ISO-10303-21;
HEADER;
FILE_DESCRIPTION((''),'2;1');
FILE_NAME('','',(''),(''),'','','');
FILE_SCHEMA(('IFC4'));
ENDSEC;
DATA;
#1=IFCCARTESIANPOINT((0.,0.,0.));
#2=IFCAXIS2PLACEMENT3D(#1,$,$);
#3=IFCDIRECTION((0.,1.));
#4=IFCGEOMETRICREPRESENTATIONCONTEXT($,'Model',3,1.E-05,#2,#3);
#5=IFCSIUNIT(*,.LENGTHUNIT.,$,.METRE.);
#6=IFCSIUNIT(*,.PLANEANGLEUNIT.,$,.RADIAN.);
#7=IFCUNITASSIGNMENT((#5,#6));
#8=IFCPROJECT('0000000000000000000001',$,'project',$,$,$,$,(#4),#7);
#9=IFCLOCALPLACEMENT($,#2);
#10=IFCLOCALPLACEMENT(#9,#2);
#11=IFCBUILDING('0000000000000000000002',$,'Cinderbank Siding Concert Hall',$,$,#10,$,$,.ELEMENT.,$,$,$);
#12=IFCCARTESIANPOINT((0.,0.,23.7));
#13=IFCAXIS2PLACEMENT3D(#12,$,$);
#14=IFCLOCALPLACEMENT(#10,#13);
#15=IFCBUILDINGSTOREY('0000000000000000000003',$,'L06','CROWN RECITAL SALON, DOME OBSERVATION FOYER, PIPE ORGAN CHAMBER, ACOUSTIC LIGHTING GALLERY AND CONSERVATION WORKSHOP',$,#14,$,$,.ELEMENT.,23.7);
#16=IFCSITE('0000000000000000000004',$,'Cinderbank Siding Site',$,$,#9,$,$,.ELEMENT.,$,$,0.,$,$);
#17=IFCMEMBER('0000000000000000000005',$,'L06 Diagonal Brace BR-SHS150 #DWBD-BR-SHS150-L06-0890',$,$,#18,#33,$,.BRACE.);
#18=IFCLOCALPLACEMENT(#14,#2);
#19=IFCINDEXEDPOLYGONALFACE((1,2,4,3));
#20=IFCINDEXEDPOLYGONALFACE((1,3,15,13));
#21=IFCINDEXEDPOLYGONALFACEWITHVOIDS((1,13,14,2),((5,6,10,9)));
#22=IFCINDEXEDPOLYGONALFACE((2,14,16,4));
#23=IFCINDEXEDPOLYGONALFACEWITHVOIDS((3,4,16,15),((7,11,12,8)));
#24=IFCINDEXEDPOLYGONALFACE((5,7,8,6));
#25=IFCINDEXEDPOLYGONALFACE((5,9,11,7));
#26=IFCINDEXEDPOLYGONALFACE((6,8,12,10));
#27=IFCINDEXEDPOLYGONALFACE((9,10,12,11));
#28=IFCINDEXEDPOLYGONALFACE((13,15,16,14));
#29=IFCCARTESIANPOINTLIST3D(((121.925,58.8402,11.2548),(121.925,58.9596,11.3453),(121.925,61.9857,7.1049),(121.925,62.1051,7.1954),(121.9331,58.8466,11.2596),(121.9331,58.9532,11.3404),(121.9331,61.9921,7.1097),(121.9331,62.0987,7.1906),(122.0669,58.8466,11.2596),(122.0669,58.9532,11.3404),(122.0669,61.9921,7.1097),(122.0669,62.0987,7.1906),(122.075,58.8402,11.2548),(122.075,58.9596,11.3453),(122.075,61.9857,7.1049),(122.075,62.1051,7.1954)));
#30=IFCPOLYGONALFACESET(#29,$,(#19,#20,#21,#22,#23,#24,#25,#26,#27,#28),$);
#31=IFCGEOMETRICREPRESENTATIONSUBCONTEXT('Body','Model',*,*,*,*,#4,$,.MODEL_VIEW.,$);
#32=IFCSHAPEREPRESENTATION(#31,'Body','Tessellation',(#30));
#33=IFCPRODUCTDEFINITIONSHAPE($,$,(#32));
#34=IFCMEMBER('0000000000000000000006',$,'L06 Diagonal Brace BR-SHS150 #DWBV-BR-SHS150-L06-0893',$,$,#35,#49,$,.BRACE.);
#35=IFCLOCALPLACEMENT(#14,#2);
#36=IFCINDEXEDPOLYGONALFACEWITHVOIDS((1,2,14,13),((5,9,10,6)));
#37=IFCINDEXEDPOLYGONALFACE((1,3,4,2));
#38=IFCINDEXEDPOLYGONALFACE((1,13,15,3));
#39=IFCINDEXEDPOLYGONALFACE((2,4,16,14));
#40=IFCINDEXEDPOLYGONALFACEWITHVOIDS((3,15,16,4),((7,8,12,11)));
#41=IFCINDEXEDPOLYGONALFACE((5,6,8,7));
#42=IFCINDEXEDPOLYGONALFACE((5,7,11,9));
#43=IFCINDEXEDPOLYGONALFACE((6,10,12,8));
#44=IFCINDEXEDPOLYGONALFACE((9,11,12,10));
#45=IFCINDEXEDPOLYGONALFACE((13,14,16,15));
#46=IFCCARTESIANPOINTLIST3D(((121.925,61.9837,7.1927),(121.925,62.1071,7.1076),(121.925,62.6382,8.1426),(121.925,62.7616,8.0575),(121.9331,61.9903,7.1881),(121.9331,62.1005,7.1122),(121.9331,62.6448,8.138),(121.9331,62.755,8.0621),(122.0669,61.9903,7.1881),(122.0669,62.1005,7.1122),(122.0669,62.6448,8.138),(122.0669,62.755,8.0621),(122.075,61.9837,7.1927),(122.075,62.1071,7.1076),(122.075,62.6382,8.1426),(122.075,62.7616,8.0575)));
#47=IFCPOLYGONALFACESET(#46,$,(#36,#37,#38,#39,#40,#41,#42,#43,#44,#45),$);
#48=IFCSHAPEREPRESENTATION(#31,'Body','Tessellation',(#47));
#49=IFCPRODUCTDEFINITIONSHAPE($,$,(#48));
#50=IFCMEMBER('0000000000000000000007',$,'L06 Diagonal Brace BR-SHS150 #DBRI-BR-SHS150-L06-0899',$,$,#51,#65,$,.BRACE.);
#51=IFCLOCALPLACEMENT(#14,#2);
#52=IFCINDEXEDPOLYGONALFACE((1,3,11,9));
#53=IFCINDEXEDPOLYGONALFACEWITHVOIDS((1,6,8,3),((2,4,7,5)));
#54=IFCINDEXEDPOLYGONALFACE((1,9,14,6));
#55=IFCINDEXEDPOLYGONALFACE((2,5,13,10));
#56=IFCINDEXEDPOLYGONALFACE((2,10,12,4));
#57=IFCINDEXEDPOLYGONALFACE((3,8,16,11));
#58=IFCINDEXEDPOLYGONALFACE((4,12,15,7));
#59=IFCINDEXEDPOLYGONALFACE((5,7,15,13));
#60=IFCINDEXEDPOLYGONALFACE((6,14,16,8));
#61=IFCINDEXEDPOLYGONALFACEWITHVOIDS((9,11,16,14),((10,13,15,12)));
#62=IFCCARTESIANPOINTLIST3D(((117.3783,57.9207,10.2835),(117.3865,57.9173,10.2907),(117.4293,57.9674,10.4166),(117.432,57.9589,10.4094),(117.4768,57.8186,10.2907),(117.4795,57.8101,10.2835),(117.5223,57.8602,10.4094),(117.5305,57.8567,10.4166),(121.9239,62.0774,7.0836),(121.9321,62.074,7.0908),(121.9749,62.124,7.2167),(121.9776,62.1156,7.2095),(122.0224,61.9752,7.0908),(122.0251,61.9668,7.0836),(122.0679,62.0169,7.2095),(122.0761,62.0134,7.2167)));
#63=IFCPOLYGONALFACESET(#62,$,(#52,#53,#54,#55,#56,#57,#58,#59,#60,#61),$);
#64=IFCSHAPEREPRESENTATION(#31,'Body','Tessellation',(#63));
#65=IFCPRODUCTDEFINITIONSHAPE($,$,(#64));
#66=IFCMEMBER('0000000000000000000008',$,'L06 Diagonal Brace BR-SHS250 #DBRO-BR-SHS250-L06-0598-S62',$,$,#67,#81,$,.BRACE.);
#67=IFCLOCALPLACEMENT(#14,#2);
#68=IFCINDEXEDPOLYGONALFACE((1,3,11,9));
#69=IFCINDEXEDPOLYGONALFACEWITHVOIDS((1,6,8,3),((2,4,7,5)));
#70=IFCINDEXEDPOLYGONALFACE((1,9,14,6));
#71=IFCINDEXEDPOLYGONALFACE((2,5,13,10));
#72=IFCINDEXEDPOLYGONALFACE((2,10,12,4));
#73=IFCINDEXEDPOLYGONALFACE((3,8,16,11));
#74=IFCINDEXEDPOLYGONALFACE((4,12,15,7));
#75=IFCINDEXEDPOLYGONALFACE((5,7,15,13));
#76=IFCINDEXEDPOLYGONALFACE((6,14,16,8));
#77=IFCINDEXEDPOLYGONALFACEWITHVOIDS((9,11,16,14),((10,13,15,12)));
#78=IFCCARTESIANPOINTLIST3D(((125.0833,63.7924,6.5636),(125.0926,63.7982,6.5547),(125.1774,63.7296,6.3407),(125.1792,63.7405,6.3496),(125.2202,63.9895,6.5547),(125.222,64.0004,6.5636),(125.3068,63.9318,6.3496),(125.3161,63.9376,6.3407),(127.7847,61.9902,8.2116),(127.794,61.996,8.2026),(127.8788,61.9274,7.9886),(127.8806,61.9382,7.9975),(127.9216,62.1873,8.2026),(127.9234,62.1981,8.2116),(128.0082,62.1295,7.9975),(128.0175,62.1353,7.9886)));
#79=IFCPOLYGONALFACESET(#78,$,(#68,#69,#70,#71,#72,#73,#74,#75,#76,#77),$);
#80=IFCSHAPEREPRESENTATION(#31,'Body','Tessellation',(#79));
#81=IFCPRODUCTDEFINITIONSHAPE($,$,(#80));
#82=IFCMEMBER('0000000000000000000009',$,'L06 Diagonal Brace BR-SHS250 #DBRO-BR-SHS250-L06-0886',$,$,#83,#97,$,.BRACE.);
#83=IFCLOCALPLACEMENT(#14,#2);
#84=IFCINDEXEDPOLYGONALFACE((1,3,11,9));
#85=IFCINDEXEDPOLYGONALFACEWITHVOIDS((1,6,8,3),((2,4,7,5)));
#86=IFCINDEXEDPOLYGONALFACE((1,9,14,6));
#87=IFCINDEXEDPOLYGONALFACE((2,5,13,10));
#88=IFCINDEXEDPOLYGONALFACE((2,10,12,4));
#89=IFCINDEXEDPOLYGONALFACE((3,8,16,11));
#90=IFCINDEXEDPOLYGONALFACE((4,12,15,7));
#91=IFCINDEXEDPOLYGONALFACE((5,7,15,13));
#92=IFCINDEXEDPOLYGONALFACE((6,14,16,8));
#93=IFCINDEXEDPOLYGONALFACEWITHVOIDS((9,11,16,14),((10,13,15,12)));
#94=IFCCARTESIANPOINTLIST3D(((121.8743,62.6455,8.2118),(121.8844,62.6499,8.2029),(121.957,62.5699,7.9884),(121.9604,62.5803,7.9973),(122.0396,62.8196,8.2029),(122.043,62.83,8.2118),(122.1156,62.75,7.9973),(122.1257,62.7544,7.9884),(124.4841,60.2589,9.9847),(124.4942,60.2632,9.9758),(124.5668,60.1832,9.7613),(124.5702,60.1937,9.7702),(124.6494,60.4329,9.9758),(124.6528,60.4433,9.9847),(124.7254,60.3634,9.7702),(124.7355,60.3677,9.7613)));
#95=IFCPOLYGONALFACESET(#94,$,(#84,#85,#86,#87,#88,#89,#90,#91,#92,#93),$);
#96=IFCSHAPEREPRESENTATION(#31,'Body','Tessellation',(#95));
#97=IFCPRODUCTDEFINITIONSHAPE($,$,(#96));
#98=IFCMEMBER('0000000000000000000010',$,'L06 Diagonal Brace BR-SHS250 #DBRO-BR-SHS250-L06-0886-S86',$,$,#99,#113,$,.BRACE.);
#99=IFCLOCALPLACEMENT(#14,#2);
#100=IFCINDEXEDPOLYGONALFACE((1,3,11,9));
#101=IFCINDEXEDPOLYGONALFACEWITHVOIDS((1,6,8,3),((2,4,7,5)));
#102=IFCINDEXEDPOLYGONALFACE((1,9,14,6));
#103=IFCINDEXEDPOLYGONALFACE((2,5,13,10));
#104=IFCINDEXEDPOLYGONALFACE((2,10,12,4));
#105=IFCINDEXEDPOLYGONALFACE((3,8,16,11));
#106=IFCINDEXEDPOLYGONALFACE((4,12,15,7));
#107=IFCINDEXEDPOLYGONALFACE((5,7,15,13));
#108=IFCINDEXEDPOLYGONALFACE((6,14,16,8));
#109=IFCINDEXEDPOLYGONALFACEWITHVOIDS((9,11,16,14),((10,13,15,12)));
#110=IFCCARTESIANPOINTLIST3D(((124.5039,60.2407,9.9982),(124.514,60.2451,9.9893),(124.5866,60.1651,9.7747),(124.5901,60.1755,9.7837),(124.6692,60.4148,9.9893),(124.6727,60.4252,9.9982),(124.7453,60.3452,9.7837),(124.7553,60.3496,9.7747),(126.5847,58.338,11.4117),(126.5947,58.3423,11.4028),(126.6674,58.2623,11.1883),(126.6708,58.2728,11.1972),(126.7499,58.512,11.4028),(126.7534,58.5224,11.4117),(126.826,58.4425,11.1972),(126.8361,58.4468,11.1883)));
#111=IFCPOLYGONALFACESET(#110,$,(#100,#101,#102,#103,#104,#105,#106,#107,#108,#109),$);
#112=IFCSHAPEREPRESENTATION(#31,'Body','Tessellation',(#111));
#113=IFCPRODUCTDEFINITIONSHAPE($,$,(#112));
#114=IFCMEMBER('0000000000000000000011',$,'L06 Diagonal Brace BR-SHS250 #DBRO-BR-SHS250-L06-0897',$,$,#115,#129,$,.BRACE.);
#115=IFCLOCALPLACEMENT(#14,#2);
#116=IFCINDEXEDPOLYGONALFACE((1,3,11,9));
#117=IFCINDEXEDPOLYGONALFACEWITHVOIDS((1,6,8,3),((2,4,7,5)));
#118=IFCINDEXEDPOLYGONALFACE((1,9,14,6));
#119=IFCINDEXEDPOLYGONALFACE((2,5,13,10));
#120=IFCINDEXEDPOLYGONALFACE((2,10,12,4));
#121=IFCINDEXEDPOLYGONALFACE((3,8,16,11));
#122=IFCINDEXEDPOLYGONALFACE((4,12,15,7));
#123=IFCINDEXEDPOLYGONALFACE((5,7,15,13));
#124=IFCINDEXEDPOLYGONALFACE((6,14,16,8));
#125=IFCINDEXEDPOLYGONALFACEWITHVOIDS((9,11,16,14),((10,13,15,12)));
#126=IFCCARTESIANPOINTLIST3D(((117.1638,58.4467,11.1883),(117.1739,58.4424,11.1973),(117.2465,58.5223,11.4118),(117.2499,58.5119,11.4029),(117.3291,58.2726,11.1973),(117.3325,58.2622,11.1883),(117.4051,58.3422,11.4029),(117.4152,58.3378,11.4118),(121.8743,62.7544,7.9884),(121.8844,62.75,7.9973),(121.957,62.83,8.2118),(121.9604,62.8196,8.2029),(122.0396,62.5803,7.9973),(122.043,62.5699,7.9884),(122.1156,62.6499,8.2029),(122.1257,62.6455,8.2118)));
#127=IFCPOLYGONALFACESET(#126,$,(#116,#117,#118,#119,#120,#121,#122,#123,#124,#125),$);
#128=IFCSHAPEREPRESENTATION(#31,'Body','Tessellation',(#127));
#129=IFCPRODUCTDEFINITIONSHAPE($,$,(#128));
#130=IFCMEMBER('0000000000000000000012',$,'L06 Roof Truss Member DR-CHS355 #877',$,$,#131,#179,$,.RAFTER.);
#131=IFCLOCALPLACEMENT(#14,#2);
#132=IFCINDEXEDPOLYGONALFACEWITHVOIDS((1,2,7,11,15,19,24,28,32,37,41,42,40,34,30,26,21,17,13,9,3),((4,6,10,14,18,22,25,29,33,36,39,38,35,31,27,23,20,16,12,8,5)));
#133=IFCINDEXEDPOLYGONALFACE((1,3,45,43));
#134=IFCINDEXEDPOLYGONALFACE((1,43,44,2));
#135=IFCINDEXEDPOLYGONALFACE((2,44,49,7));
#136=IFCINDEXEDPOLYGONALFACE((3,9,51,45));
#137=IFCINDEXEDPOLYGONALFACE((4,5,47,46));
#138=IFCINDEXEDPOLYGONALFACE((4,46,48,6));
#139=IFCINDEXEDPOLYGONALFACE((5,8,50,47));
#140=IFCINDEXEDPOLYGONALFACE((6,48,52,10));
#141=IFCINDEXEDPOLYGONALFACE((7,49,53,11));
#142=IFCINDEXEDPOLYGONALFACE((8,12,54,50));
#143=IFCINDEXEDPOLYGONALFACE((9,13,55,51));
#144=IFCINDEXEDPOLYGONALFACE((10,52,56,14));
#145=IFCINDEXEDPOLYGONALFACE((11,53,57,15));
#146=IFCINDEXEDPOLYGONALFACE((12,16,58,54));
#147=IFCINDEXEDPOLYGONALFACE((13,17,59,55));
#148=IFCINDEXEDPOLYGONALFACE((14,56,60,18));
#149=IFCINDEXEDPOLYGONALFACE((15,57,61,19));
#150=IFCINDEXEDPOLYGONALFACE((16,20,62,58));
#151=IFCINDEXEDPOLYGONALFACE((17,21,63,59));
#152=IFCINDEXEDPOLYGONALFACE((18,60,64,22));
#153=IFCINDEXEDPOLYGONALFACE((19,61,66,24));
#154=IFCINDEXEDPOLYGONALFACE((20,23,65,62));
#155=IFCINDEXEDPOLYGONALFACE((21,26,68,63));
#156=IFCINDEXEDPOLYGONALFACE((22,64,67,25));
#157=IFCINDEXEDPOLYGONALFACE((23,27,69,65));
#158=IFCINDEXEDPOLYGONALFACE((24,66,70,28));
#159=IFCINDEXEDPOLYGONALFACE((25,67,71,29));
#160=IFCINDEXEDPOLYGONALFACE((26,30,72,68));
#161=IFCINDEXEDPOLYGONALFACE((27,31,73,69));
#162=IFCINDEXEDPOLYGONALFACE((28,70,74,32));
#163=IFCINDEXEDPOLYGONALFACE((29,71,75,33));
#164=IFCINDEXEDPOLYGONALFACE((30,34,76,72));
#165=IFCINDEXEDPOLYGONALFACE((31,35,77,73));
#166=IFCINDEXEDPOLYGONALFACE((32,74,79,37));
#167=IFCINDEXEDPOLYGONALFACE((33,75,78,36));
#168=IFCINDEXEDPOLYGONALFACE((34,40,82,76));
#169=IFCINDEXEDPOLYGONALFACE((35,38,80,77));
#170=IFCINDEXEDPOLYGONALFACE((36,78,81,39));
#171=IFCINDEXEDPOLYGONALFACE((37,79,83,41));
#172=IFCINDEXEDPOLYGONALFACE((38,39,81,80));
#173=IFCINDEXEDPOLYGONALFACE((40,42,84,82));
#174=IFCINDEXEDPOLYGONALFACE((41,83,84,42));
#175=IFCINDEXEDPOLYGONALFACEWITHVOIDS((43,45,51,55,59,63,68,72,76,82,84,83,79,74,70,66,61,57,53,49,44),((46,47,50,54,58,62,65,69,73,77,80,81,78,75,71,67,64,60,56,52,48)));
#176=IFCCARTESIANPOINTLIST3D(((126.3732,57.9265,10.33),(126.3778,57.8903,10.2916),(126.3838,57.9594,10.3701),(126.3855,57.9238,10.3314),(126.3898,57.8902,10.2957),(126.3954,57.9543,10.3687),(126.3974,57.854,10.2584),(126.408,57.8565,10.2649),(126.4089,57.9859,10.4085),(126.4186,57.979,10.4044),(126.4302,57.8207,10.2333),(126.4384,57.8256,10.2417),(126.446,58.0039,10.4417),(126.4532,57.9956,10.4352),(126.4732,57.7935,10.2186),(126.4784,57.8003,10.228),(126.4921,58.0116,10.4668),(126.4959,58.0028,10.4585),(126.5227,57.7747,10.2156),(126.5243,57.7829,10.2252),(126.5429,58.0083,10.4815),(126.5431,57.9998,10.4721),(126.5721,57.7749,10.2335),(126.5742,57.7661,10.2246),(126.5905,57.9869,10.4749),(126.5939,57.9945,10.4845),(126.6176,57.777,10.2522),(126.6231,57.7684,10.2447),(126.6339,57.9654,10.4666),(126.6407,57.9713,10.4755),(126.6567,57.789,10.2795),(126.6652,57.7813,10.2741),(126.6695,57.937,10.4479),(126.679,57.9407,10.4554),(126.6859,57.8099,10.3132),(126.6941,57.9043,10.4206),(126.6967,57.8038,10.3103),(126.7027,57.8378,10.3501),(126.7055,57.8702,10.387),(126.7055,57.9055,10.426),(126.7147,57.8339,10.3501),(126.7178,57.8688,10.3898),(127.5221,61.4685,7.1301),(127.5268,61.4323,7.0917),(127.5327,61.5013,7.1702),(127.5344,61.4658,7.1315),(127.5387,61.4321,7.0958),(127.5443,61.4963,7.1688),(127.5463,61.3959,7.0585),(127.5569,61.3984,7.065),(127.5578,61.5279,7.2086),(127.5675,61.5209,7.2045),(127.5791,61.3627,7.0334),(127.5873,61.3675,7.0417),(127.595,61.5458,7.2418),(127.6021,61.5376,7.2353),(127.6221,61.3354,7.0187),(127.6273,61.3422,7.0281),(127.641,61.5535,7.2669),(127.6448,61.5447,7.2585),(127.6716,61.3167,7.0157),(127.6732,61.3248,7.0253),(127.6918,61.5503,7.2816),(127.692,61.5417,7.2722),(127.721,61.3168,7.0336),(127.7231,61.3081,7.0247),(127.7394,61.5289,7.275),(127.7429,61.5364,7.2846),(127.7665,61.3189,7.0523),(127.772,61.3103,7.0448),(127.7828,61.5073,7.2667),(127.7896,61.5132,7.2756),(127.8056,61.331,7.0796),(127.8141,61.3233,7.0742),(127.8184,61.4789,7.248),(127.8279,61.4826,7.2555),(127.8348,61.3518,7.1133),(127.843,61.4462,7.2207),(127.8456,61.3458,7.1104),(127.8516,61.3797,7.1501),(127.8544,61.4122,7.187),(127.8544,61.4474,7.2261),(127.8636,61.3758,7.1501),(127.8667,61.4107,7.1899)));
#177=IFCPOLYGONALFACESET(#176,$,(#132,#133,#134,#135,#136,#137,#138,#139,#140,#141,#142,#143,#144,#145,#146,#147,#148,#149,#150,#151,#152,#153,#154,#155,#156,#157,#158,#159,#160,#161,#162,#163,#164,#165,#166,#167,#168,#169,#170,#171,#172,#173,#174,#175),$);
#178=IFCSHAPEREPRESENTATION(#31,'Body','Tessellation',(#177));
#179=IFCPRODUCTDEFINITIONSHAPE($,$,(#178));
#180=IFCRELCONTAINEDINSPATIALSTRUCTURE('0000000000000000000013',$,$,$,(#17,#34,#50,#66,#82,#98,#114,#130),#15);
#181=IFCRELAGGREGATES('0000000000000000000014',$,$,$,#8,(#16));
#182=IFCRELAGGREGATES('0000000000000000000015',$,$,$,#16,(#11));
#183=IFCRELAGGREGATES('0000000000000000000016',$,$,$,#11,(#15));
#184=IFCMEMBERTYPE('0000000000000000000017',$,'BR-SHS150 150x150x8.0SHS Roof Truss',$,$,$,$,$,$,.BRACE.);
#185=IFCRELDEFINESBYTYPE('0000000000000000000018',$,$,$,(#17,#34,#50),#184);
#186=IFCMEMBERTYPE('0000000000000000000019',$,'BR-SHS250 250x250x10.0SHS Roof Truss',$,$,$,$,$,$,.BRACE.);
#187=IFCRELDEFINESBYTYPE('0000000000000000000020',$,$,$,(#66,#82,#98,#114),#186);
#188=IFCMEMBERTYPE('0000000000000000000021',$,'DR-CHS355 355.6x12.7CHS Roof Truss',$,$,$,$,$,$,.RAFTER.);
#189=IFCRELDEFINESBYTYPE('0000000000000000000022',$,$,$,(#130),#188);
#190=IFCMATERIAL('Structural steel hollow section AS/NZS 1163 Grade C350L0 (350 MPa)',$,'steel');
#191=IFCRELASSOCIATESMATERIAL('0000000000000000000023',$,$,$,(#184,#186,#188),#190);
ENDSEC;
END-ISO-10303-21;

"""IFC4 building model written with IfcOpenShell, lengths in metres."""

from ifc_helpers import new_model, si_unit, direction, frame, origin, origin_2d, place, context, subcontext, project, spatial, hollow_rectangle, hollow_circle, extrude, material, material_profile, profile_set, type_object, element, save


model = new_model("IFC4")

# Units and contexts
model_context = context("Model", 3, precision=1e-05, world=origin(), true_north=direction((0.0, 1.0)))
body_context = subcontext(model_context, "Body", "Model", "MODEL_VIEW")
ifc_project = project(units=[si_unit("LENGTHUNIT", "METRE"), si_unit("PLANEANGLEUNIT", "RADIAN")], contexts=[model_context])

# Site, building, storey
site_placement = place(None, origin())
site = spatial("IfcSite", under=ifc_project, at=site_placement, Name="Cinderbank Siding Site", CompositionType="ELEMENT", RefElevation=0.0)
building_placement = place(site_placement, origin())
building = spatial("IfcBuilding", under=site, at=building_placement, Name="Cinderbank Siding Concert Hall", CompositionType="ELEMENT")
storey_placement = place(building_placement, frame((0.0, 0.0, 23.7)))
storey = spatial("IfcBuildingStorey", under=building, at=storey_placement, Name="L06", Description="CROWN RECITAL SALON, DOME OBSERVATION FOYER, PIPE ORGAN CHAMBER, ACOUSTIC LIGHTING GALLERY AND CONSERVATION WORKSHOP", CompositionType="ELEMENT", Elevation=23.7)

# Members
ifc_material_1 = material(Name="Structural steel hollow section AS/NZS 1163 Grade C350L0 (350 MPa)", Category="steel")
ifc_material_profile_1 = material_profile(ifc_material_1, hollow_rectangle(XDim=0.1499, YDim=0.1499, WallThickness=0.0081, at=origin_2d()), Name="150x150x8.0SHS", Category="LoadBearing")
ifc_profile_set_1 = profile_set([ifc_material_profile_1], Name="Structural steel hollow section AS/NZS 1163 Grade C350L0 (350 MPa)")
member_type_1 = type_object("IfcMemberType", Name="BR-SHS150 150x150x8.0SHS Roof Truss", PredefinedType="BRACE", material=ifc_profile_set_1)
member_1_placement = place(storey_placement, frame((122.0, 62.0454, 7.1501), z_axis=(0.0, -0.604058, 0.79694), x_axis=(1.0, 0.0, 0.0)))
element("IfcMember", 1, at=member_1_placement, inside=storey, type_object=member_type_1, Name="L06 Diagonal Brace BR-SHS150 #DWBD-BR-SHS150-L06-0890", PredefinedType="BRACE", context=body_context, shape_type="SweptSolid", body=[
    extrude(hollow_rectangle(XDim=0.1499, YDim=0.1499, WallThickness=0.0081, at=origin_2d()), origin(), (0.0, 0.0, 1.0), 5.2073),
])
member_2_placement = place(storey_placement, frame((122.0, 62.0454, 7.1501), z_axis=(0.0, 0.567382, 0.823455), x_axis=(-1.0, 0.0, 0.0)))
element("IfcMember", 2, at=member_2_placement, inside=storey, type_object=member_type_1, Name="L06 Diagonal Brace BR-SHS150 #DWBV-BR-SHS150-L06-0893", PredefinedType="BRACE", context=body_context, shape_type="SweptSolid", body=[
    extrude(hollow_rectangle(XDim=0.1499, YDim=0.1499, WallThickness=0.0081, at=origin_2d()), origin(), (0.0, 0.0, 1.0), 1.1536),
])
member_3_placement = place(storey_placement, frame((122.0, 62.0454, 7.1501), z_axis=(-0.654874, -0.598845, 0.461004), x_axis=(0.674832, -0.737971, 0.0)))
element("IfcMember", 3, at=member_3_placement, inside=storey, type_object=member_type_1, Name="L06 Diagonal Brace BR-SHS150 #DBRI-BR-SHS150-L06-0899", PredefinedType="BRACE", context=body_context, shape_type="SweptSolid", body=[
    extrude(hollow_rectangle(XDim=0.1499, YDim=0.1499, WallThickness=0.0081, at=origin_2d()), origin(), (0.0, 0.0, 1.0), 6.9412),
])
ifc_material_profile_2 = material_profile(ifc_material_1, hollow_rectangle(XDim=0.25, YDim=0.25, WallThickness=0.01, at=origin_2d()), Name="250x250x10.0SHS", Category="LoadBearing")
ifc_profile_set_2 = profile_set([ifc_material_profile_2], Name="Structural steel hollow section AS/NZS 1163 Grade C350L0 (350 MPa)")
member_type_2 = type_object("IfcMemberType", Name="BR-SHS250 250x250x10.0SHS Roof Truss", PredefinedType="BRACE", material=ifc_profile_set_2)
member_4_placement = place(storey_placement, frame((125.1997, 63.865, 6.4521), z_axis=(0.741815, -0.494901, 0.452531), x_axis=(0.554978, 0.831865, 0.0)))
element("IfcMember", 4, at=member_4_placement, inside=storey, type_object=member_type_2, Name="L06 Diagonal Brace BR-SHS250 #DBRO-BR-SHS250-L06-0598-S62", PredefinedType="BRACE", context=body_context, shape_type="SweptSolid", body=[
    extrude(hollow_rectangle(XDim=0.25, YDim=0.25, WallThickness=0.01, at=origin_2d()), origin(), (0.0, 0.0, 1.0), 3.6416),
])
member_5_placement = place(storey_placement, frame((122.0, 62.7, 8.1001), z_axis=(0.659697, -0.603293, 0.44815), x_axis=(0.674855, 0.73795, 0.0)))
element("IfcMember", 5, at=member_5_placement, inside=storey, type_object=member_type_2, Name="L06 Diagonal Brace BR-SHS250 #DBRO-BR-SHS250-L06-0886", PredefinedType="BRACE", context=body_context, shape_type="SweptSolid", body=[
    extrude(hollow_rectangle(XDim=0.25, YDim=0.25, WallThickness=0.01, at=origin_2d()), origin(), (0.0, 0.0, 1.0), 3.9561),
])
member_6_placement = place(storey_placement, frame((124.6296, 60.2952, 9.8865), z_axis=(0.659703, -0.603277, 0.448162), x_axis=(0.674842, 0.737962, 0.0)))
element("IfcMember", 6, at=member_6_placement, inside=storey, type_object=member_type_2, Name="L06 Diagonal Brace BR-SHS250 #DBRO-BR-SHS250-L06-0886-S86", PredefinedType="BRACE", context=body_context, shape_type="SweptSolid", body=[
    extrude(hollow_rectangle(XDim=0.25, YDim=0.25, WallThickness=0.01, at=origin_2d()), origin(), (0.0, 0.0, 1.0), 3.1541),
])
member_7_placement = place(storey_placement, frame((122.0, 62.7, 8.1001), z_axis=(-0.659701, -0.603284, 0.448155), x_axis=(0.674848, -0.737957, 0.0)))
element("IfcMember", 7, at=member_7_placement, inside=storey, type_object=member_type_2, Name="L06 Diagonal Brace BR-SHS250 #DBRO-BR-SHS250-L06-0897", PredefinedType="BRACE", context=body_context, shape_type="SweptSolid", body=[
    extrude(hollow_rectangle(XDim=0.25, YDim=0.25, WallThickness=0.01, at=origin_2d()), origin(), (0.0, 0.0, 1.0), 7.1404),
])
ifc_material_profile_3 = material_profile(ifc_material_1, hollow_circle(Radius=0.1777, WallThickness=0.0127, at=origin_2d()), Name="355.6x12.7CHS", Category="LoadBearing")
ifc_profile_set_3 = profile_set([ifc_material_profile_3], Name="Structural steel hollow section AS/NZS 1163 Grade C350L0 (350 MPa)")
member_type_3 = type_object("IfcMemberType", Name="DR-CHS355 355.6x12.7CHS Roof Truss", PredefinedType="RAFTER", material=ifc_profile_set_3)
member_8_placement = place(storey_placement, frame((127.6946, 61.4307, 7.1501), z_axis=(-0.23401, -0.721423, 0.651757), x_axis=(0.951209, -0.308546, 0.0)))
element("IfcMember", 8, at=member_8_placement, inside=storey, type_object=member_type_3, Name="L06 Roof Truss Member DR-CHS355 #877", PredefinedType="RAFTER", context=body_context, shape_type="SweptSolid", body=[
    extrude(hollow_circle(Radius=0.1777, WallThickness=0.0127, at=origin_2d()), origin(), (0.0, 0.0, 1.0), 4.9097),
])

save(model, "model.ifc")
